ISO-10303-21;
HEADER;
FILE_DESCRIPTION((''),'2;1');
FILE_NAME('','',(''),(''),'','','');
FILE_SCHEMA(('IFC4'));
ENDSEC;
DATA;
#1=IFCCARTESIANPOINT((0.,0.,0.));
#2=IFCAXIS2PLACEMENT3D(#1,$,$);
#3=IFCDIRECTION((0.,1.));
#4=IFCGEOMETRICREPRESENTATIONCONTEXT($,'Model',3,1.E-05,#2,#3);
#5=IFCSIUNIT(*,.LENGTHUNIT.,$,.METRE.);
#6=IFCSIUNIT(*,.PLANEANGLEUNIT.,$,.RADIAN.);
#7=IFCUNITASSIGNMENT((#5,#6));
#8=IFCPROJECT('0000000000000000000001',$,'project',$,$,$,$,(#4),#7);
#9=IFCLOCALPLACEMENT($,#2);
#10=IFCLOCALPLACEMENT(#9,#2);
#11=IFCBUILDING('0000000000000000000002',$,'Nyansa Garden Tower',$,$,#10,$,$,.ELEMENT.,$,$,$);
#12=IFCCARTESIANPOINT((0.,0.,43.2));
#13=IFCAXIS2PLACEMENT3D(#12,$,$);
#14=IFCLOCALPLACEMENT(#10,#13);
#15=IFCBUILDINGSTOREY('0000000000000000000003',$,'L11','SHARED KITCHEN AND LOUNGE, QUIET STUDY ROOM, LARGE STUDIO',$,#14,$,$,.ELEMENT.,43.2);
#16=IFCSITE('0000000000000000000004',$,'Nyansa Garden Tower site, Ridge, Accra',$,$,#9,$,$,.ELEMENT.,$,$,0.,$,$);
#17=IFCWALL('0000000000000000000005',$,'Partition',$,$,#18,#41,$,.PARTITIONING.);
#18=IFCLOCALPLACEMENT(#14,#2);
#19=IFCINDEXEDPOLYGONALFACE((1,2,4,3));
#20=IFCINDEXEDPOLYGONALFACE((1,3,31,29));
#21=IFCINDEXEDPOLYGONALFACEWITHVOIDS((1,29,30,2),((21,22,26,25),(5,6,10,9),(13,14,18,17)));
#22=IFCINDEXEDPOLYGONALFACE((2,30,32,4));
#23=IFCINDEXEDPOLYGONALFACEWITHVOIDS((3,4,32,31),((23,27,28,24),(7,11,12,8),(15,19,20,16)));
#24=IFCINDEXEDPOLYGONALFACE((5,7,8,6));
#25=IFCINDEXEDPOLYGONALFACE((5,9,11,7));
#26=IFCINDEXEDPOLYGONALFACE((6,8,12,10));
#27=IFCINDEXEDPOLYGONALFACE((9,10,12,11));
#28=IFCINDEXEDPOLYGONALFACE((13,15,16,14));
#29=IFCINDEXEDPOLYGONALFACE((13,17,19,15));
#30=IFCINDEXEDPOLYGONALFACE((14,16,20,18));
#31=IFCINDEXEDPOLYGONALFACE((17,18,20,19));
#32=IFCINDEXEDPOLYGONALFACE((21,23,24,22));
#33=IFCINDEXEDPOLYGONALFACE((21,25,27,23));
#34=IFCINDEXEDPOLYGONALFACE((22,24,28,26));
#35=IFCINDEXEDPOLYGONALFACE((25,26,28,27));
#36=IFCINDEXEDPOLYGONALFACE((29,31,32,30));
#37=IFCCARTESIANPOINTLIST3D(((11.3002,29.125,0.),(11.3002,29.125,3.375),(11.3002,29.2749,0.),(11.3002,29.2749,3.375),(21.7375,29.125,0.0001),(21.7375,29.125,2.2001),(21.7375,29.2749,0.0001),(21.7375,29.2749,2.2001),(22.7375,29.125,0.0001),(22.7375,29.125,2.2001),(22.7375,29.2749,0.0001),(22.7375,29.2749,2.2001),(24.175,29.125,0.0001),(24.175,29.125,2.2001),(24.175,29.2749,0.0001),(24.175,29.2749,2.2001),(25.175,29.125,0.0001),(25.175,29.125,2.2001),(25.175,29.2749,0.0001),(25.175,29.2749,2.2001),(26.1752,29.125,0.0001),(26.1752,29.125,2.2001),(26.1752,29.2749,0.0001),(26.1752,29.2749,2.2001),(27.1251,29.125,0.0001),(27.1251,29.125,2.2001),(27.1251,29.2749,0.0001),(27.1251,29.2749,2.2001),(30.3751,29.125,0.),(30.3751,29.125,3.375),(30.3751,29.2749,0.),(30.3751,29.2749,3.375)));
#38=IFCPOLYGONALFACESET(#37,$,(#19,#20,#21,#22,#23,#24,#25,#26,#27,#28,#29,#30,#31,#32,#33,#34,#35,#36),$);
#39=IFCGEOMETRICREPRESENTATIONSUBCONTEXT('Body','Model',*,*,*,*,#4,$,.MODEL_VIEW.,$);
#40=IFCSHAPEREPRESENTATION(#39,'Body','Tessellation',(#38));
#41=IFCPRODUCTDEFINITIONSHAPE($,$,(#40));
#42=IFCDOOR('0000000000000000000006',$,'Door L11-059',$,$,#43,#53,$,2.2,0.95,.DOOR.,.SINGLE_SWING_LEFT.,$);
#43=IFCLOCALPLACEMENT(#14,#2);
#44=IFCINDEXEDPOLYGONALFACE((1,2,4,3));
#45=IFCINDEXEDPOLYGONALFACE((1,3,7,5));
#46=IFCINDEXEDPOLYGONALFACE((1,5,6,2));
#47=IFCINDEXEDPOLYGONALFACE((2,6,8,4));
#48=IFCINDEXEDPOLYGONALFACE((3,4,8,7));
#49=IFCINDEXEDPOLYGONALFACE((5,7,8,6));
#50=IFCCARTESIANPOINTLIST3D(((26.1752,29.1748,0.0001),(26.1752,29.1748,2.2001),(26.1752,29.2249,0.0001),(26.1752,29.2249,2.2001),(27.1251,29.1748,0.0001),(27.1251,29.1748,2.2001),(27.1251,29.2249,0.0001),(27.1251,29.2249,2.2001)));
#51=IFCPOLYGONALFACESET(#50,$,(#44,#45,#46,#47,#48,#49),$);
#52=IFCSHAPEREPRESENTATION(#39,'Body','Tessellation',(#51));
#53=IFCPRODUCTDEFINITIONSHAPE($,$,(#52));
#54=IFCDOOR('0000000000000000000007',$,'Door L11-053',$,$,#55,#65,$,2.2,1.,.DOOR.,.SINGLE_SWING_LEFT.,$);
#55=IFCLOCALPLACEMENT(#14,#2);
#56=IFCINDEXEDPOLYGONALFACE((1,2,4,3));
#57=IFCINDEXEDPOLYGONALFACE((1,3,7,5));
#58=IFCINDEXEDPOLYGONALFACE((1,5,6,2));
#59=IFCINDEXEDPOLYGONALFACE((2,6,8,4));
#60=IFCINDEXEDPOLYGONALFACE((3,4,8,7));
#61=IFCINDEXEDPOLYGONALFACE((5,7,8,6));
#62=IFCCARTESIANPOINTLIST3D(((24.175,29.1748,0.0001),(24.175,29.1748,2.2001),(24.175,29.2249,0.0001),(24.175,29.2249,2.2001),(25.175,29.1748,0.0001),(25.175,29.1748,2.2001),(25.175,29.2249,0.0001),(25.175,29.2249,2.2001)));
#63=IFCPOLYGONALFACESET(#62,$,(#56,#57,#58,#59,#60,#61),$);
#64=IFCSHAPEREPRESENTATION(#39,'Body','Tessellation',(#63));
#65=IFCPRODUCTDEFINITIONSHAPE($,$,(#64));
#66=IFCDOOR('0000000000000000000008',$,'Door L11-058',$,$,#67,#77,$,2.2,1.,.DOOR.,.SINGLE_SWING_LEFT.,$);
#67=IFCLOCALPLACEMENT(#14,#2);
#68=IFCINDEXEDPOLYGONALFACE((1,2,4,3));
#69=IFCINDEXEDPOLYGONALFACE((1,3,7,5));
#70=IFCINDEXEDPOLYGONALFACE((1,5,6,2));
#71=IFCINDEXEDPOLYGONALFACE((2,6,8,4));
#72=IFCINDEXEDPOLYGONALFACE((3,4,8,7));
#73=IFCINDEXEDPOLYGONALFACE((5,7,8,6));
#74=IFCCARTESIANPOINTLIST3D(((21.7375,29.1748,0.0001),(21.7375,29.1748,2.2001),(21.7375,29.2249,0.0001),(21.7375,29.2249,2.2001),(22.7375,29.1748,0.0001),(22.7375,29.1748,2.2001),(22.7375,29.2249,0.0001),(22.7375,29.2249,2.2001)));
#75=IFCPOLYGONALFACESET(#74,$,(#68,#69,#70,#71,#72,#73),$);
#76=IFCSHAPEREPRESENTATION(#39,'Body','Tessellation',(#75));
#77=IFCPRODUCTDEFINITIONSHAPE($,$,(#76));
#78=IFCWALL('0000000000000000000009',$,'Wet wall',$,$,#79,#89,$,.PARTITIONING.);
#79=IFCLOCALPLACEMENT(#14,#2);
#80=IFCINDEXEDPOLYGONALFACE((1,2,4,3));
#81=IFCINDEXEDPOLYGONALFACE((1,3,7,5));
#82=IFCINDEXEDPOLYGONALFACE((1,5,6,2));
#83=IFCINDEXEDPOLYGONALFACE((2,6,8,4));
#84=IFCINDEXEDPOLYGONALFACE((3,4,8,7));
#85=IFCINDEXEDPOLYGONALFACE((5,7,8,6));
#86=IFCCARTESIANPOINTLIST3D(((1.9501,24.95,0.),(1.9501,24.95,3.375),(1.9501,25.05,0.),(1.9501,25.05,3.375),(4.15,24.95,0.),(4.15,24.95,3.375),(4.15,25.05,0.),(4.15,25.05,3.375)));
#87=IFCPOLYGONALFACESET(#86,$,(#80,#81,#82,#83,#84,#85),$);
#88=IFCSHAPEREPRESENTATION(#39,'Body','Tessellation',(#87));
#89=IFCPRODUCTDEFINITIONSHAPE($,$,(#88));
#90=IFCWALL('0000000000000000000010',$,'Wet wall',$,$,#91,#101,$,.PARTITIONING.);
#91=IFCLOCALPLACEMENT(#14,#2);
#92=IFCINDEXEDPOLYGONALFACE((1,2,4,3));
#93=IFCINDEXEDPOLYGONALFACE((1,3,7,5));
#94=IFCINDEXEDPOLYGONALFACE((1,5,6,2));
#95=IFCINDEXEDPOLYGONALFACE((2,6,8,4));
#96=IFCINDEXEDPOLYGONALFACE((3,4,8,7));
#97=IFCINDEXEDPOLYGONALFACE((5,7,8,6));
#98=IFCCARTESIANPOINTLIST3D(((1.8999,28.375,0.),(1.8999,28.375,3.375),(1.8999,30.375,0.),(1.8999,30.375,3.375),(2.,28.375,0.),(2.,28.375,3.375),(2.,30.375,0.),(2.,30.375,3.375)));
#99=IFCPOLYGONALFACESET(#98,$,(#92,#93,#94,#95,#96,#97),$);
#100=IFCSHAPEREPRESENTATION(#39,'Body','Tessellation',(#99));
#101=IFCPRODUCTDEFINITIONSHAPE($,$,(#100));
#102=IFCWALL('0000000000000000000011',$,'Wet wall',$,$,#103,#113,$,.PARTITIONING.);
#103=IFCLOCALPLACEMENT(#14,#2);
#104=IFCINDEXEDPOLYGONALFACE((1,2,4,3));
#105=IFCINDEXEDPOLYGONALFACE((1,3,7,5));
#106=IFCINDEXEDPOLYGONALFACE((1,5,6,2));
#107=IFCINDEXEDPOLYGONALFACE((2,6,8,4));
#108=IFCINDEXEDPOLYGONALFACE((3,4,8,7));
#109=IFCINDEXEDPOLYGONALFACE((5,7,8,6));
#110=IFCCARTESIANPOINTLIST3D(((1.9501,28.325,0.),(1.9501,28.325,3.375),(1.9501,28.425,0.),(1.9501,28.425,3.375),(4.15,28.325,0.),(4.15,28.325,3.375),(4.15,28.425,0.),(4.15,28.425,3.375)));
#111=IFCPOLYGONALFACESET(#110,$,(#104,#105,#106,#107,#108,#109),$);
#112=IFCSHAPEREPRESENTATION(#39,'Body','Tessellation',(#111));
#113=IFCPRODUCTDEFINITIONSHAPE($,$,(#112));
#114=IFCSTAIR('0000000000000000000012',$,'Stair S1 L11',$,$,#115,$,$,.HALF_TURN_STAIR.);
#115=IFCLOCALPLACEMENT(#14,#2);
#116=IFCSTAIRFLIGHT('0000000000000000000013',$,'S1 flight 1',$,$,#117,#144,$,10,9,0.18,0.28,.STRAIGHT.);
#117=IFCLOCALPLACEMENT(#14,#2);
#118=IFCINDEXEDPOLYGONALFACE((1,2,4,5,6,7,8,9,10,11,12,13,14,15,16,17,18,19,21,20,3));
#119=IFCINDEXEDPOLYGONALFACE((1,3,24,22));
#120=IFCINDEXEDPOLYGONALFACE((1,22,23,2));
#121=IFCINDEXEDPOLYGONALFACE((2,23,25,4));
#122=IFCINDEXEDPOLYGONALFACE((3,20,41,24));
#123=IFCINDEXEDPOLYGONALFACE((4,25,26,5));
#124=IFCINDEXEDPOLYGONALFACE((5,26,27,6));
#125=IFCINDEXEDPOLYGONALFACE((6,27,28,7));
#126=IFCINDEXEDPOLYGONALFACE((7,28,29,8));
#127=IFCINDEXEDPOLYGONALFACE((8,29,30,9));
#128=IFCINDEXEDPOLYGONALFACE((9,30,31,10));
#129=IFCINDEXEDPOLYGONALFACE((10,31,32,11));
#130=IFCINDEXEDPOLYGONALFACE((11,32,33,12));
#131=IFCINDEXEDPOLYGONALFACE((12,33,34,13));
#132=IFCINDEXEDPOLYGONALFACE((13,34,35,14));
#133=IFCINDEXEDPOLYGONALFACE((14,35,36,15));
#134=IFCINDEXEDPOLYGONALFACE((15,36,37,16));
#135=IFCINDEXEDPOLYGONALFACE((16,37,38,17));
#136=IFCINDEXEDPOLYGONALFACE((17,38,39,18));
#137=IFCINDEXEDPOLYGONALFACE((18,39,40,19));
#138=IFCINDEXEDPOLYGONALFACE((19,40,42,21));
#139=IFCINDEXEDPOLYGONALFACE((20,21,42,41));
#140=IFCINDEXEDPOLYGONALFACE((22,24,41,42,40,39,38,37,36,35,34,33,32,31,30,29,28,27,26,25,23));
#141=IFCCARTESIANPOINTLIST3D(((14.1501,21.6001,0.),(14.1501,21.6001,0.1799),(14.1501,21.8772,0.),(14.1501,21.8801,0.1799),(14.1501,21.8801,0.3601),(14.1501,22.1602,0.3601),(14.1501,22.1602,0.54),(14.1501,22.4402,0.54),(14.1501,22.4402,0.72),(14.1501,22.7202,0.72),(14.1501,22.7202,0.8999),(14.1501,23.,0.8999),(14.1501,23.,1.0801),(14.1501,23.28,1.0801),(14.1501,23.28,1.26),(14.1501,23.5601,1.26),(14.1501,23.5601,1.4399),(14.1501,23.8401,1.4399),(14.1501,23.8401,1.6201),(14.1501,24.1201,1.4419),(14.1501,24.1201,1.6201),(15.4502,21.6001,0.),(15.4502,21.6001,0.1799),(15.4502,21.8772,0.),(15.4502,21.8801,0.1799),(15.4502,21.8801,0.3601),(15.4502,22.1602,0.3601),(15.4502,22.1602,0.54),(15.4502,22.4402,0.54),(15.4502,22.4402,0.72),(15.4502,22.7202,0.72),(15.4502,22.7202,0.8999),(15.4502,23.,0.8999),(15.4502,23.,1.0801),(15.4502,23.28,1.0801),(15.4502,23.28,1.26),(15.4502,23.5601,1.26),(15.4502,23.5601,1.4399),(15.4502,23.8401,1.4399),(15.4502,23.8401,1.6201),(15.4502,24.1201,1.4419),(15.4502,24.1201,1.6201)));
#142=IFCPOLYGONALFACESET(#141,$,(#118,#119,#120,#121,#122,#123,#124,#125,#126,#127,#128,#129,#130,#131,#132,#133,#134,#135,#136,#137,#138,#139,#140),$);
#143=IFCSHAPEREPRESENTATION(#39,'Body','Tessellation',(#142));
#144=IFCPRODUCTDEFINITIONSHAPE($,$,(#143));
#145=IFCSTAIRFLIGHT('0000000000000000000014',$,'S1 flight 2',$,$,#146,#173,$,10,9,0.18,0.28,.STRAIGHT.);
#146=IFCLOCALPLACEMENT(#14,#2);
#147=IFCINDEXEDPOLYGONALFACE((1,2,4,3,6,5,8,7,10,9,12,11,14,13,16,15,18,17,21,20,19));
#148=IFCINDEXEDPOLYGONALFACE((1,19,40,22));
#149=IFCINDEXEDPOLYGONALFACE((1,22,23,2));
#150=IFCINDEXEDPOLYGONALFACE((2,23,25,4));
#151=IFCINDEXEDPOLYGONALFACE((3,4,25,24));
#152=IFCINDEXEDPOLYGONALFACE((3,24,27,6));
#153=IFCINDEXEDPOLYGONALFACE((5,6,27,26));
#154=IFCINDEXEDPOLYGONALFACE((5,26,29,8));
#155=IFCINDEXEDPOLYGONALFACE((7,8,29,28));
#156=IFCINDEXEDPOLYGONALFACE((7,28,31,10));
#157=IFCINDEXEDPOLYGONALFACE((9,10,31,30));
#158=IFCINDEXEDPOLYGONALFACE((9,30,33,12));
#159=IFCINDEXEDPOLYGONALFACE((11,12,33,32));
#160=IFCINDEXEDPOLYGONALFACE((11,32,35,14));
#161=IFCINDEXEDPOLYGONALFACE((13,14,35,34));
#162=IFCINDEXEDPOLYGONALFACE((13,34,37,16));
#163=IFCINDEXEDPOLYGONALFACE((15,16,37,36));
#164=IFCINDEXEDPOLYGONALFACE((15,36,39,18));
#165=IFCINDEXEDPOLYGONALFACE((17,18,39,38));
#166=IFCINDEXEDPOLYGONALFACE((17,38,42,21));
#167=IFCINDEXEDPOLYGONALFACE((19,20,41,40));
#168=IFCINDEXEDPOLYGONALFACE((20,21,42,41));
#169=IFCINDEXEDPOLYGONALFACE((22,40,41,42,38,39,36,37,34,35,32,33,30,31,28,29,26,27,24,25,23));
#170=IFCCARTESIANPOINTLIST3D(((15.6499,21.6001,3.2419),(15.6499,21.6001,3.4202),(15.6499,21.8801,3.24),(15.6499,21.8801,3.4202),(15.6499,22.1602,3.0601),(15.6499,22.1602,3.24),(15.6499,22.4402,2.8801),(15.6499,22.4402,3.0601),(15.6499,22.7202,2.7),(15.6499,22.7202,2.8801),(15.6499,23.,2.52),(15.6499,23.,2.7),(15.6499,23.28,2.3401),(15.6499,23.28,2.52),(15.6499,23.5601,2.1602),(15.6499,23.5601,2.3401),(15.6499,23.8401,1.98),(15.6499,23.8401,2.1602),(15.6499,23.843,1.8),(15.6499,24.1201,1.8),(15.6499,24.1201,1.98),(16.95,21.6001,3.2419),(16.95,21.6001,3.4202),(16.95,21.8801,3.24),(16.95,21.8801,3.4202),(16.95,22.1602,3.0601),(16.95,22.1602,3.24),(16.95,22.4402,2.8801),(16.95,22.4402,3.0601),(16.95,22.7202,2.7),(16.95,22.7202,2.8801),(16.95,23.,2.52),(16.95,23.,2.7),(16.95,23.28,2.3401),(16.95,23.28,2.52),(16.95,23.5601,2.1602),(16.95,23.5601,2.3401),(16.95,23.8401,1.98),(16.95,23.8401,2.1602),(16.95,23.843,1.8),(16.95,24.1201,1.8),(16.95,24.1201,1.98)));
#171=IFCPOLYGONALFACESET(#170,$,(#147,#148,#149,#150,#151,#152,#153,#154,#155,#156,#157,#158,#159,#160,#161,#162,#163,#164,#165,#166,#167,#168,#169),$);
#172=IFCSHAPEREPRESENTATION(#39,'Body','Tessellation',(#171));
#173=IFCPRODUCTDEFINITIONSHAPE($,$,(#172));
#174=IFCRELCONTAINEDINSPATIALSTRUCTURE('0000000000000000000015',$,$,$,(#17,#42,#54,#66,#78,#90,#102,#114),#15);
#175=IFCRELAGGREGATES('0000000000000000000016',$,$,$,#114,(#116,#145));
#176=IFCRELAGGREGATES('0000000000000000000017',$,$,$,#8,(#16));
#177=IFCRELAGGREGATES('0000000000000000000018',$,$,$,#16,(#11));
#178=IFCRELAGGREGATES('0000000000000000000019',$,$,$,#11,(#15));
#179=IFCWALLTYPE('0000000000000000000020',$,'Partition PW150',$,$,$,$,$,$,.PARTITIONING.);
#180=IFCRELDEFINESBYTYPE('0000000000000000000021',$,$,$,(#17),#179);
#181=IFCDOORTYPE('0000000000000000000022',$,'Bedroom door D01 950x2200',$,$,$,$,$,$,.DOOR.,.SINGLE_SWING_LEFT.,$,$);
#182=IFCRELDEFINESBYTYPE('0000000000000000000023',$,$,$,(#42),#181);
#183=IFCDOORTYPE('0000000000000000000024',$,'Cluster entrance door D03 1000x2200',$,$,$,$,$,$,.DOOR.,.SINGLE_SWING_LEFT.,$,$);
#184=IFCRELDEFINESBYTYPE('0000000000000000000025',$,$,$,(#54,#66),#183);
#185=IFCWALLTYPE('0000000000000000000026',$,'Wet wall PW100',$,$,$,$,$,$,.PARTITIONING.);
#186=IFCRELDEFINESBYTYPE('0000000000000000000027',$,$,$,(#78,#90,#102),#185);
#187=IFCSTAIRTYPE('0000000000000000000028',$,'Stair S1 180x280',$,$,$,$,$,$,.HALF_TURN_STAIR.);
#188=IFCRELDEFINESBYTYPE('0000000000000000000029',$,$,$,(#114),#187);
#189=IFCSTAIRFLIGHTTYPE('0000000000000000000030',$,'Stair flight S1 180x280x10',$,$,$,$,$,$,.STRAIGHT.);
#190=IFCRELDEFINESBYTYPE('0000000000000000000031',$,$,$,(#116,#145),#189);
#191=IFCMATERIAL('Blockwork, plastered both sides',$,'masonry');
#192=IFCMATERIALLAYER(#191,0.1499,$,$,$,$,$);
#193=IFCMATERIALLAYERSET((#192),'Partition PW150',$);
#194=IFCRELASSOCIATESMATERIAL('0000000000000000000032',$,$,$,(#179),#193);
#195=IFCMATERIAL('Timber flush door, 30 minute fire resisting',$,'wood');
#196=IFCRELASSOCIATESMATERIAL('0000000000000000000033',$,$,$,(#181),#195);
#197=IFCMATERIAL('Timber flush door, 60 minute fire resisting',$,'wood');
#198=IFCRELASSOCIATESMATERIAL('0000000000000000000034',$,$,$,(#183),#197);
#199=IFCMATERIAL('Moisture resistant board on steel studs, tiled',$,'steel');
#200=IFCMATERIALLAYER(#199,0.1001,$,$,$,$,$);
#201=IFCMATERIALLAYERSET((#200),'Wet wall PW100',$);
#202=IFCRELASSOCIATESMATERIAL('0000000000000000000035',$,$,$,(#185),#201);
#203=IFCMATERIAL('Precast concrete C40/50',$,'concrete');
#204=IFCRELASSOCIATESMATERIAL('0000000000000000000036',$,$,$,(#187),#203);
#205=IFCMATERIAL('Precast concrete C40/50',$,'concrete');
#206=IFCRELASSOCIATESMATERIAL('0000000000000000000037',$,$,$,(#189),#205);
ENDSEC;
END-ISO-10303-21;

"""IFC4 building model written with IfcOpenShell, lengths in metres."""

from ifc_helpers import new_model, si_unit, direction, frame, frame_2d, origin, place, context, subcontext, project, spatial, polyline, rectangle, outline, extrude, material, layer, layer_set, type_object, element, fill, aggregate, save


model = new_model("IFC4")

# Units and contexts
model_context = context("Model", 3, precision=1e-05, world=origin(), true_north=direction((0.0, 1.0)))
body_context = subcontext(model_context, "Body", "Model", "MODEL_VIEW")
ifc_project = project(units=[si_unit("LENGTHUNIT", "METRE"), si_unit("PLANEANGLEUNIT", "RADIAN")], contexts=[model_context])

# Site, building, storey
site_placement = place(None, origin())
site = spatial("IfcSite", under=ifc_project, at=site_placement, Name="Nyansa Garden Tower site, Ridge, Accra", CompositionType="ELEMENT", RefElevation=0.0)
building_placement = place(site_placement, origin())
building = spatial("IfcBuilding", under=site, at=building_placement, Name="Nyansa Garden Tower", CompositionType="ELEMENT")
storey_placement = place(building_placement, frame((0.0, 0.0, 43.2)))
storey = spatial("IfcBuildingStorey", under=building, at=storey_placement, Name="L11", Description="SHARED KITCHEN AND LOUNGE, QUIET STUDY ROOM, LARGE STUDIO", CompositionType="ELEMENT", Elevation=43.2)

# Shared definitions
ifc_material_1 = material(Name="Blockwork, plastered both sides", Category="masonry")
ifc_layer_1 = layer(ifc_material_1, 0.1499)
ifc_layer_set_1 = layer_set([ifc_layer_1], Name="Partition PW150")
wall_type_1 = type_object("IfcWallType", Name="Partition PW150", PredefinedType="PARTITIONING", material=ifc_layer_set_1)

# Wall, openings, doors
wall_1_placement = place(storey_placement, frame((11.3, 29.2, 0.0), z_axis=(0.0, 0.0, 1.0), x_axis=(1.0, 0.0, 0.0)))
wall_1 = element("IfcWall", 1, at=wall_1_placement, inside=storey, type_object=wall_type_1, Name="Partition", PredefinedType="PARTITIONING", context=body_context, shape_type="SweptSolid", body=[
    extrude(rectangle(XDim=19.075, YDim=0.1499, at=frame_2d((9.5376, 0.0))), origin(), (0.0, 0.0, 1.0), 3.375),
])
opening_1_placement = place(wall_1_placement, frame((12.875, 0.0, 0.0)))
opening_1 = element("IfcOpeningElement", 2, at=opening_1_placement, cuts=wall_1, PredefinedType="OPENING", context=body_context, shape_type="SweptSolid", body=[
    extrude(rectangle(XDim=1.0, YDim=2.2, at=frame_2d((0.5, 1.1001))), frame((0.0, 0.085, 0.0), z_axis=(0.0, -1.0, 0.0), x_axis=(1.0, 0.0, 0.0)), (0.0, 0.0, 1.0), 0.1699),
])
opening_2_placement = place(wall_1_placement, frame((10.4375, 0.0, 0.0)))
opening_2 = element("IfcOpeningElement", 3, at=opening_2_placement, cuts=wall_1, PredefinedType="OPENING", context=body_context, shape_type="SweptSolid", body=[
    extrude(rectangle(XDim=1.0, YDim=2.2, at=frame_2d((0.5, 1.1001))), frame((0.0, 0.085, 0.0), z_axis=(0.0, -1.0, 0.0), x_axis=(1.0, 0.0, 0.0)), (0.0, 0.0, 1.0), 0.1699),
])
opening_3_placement = place(wall_1_placement, frame((14.875, 0.0, 0.0)))
opening_3 = element("IfcOpeningElement", 4, at=opening_3_placement, cuts=wall_1, PredefinedType="OPENING", context=body_context, shape_type="SweptSolid", body=[
    extrude(rectangle(XDim=0.95, YDim=2.2, at=frame_2d((0.4751, 1.1001))), frame((0.0, 0.085, 0.0), z_axis=(0.0, -1.0, 0.0), x_axis=(1.0, 0.0, 0.0)), (0.0, 0.0, 1.0), 0.1699),
])
ifc_material_2 = material(Name="Timber flush door, 30 minute fire resisting", Category="wood")
door_type_1 = type_object("IfcDoorType", Name="Bedroom door D01 950x2200", OperationType="SINGLE_SWING_LEFT", PredefinedType="DOOR", material=ifc_material_2)
door_1_placement = place(opening_3_placement, origin())
door_1 = element("IfcDoor", 5, at=door_1_placement, inside=storey, type_object=door_type_1, Name="Door L11-059", OperationType="SINGLE_SWING_LEFT", OverallHeight=2.2, OverallWidth=0.95, PredefinedType="DOOR", context=body_context, shape_type="SweptSolid", body=[
    extrude(rectangle(XDim=0.95, YDim=2.2, at=frame_2d((0.4751, 1.1001))), frame((0.0, 0.0249, 0.0), z_axis=(0.0, -1.0, 0.0), x_axis=(1.0, 0.0, 0.0)), (0.0, 0.0, 1.0), 0.05),
])
fill(opening_3, door_1)
ifc_material_3 = material(Name="Timber flush door, 60 minute fire resisting", Category="wood")
door_type_2 = type_object("IfcDoorType", Name="Cluster entrance door D03 1000x2200", OperationType="SINGLE_SWING_LEFT", PredefinedType="DOOR", material=ifc_material_3)
door_2_placement = place(opening_1_placement, origin())
door_2 = element("IfcDoor", 6, at=door_2_placement, inside=storey, type_object=door_type_2, Name="Door L11-053", OperationType="SINGLE_SWING_LEFT", OverallHeight=2.2, OverallWidth=1.0, PredefinedType="DOOR", context=body_context, shape_type="SweptSolid", body=[
    extrude(rectangle(XDim=1.0, YDim=2.2, at=frame_2d((0.5, 1.1001))), frame((0.0, 0.0249, 0.0), z_axis=(0.0, -1.0, 0.0), x_axis=(1.0, 0.0, 0.0)), (0.0, 0.0, 1.0), 0.05),
])
fill(opening_1, door_2)
door_3_placement = place(opening_2_placement, origin())
door_3 = element("IfcDoor", 7, at=door_3_placement, inside=storey, type_object=door_type_2, Name="Door L11-058", OperationType="SINGLE_SWING_LEFT", OverallHeight=2.2, OverallWidth=1.0, PredefinedType="DOOR", context=body_context, shape_type="SweptSolid", body=[
    extrude(rectangle(XDim=1.0, YDim=2.2, at=frame_2d((0.5, 1.1001))), frame((0.0, 0.0249, 0.0), z_axis=(0.0, -1.0, 0.0), x_axis=(1.0, 0.0, 0.0)), (0.0, 0.0, 1.0), 0.05),
])
fill(opening_2, door_3)

# Walls
ifc_material_4 = material(Name="Moisture resistant board on steel studs, tiled", Category="steel")
ifc_layer_2 = layer(ifc_material_4, 0.1001)
ifc_layer_set_2 = layer_set([ifc_layer_2], Name="Wet wall PW100")
wall_type_2 = type_object("IfcWallType", Name="Wet wall PW100", PredefinedType="PARTITIONING", material=ifc_layer_set_2)
wall_2_placement = place(storey_placement, frame((1.95, 25.0, 0.0), z_axis=(0.0, 0.0, 1.0), x_axis=(1.0, 0.0, 0.0)))
element("IfcWall", 8, at=wall_2_placement, inside=storey, type_object=wall_type_2, Name="Wet wall", PredefinedType="PARTITIONING", context=body_context, shape_type="SweptSolid", body=[
    extrude(rectangle(XDim=2.2, YDim=0.1001, at=frame_2d((1.1001, 0.0))), origin(), (0.0, 0.0, 1.0), 3.375),
])
wall_3_placement = place(storey_placement, frame((1.95, 28.375, 0.0), z_axis=(0.0, 0.0, 1.0), x_axis=(0.0, 1.0, 0.0)))
element("IfcWall", 9, at=wall_3_placement, inside=storey, type_object=wall_type_2, Name="Wet wall", PredefinedType="PARTITIONING", context=body_context, shape_type="SweptSolid", body=[
    extrude(rectangle(XDim=2.0, YDim=0.1001, at=frame_2d((1.0, 0.0))), origin(), (0.0, 0.0, 1.0), 3.375),
])
wall_4_placement = place(storey_placement, frame((1.95, 28.375, 0.0), z_axis=(0.0, 0.0, 1.0), x_axis=(1.0, 0.0, 0.0)))
element("IfcWall", 10, at=wall_4_placement, inside=storey, type_object=wall_type_2, Name="Wet wall", PredefinedType="PARTITIONING", context=body_context, shape_type="SweptSolid", body=[
    extrude(rectangle(XDim=2.2, YDim=0.1001, at=frame_2d((1.1001, 0.0))), origin(), (0.0, 0.0, 1.0), 3.375),
])

# Stair, stair flights
ifc_material_5 = material(Name="Precast concrete C40/50", Category="concrete")
stair_type = type_object("IfcStairType", Name="Stair S1 180x280", PredefinedType="HALF_TURN_STAIR", material=ifc_material_5)
stair_placement = place(storey_placement, origin())
stair = element("IfcStair", 11, at=stair_placement, inside=storey, type_object=stair_type, Name="Stair S1 L11", PredefinedType="HALF_TURN_STAIR")
ifc_material_6 = material(Name="Precast concrete C40/50", Category="concrete")
stair_flight_type = type_object("IfcStairFlightType", Name="Stair flight S1 180x280x10", PredefinedType="STRAIGHT", material=ifc_material_6)
stair_flight_1_placement = place(storey_placement, frame((14.8, 21.6001, 0.0), z_axis=(0.0, 0.0, 1.0), x_axis=(0.0, 1.0, 0.0)))
stair_flight_1 = element("IfcStairFlight", 12, at=stair_flight_1_placement, type_object=stair_flight_type, Name="S1 flight 1", NumberOfRisers=10, NumberOfTreads=9, PredefinedType="STRAIGHT", RiserHeight=0.18, TreadLength=0.28, context=body_context, shape_type="SweptSolid", body=[
    extrude(outline(polyline([(0.0, 0.0), (0.0, 0.1799), (0.28, 0.1799), (0.28, 0.3601), (0.5601, 0.3601), (0.5601, 0.54), (0.8401, 0.54), (0.8401, 0.72), (1.1201, 0.72), (1.1201, 0.8999), (1.3999, 0.8999), (1.3999, 1.0801), (1.6799, 1.0801), (1.6799, 1.26), (1.96, 1.26), (1.96, 1.4399), (2.24, 1.4399), (2.24, 1.6201), (2.52, 1.6201), (2.52, 1.8), (2.52, 1.4419), (0.2771, 0.0), (0.0, 0.0)])), frame((0.0, 0.6499, 0.0), z_axis=(0.0, -1.0, 0.0), x_axis=(1.0, 0.0, 0.0)), (0.0, 0.0, 1.0), 1.3),
])
stair_flight_2_placement = place(storey_placement, frame((16.3, 24.1201, 1.8), z_axis=(0.0, 0.0, 1.0), x_axis=(0.0, -1.0, 0.0)))
stair_flight_2 = element("IfcStairFlight", 13, at=stair_flight_2_placement, type_object=stair_flight_type, Name="S1 flight 2", NumberOfRisers=10, NumberOfTreads=9, PredefinedType="STRAIGHT", RiserHeight=0.18, TreadLength=0.28, context=body_context, shape_type="SweptSolid", body=[
    extrude(outline(polyline([(0.0, 0.0), (0.0, 0.1799), (0.28, 0.1799), (0.28, 0.3601), (0.5601, 0.3601), (0.5601, 0.54), (0.8401, 0.54), (0.8401, 0.72), (1.1201, 0.72), (1.1201, 0.8999), (1.3999, 0.8999), (1.3999, 1.0801), (1.6799, 1.0801), (1.6799, 1.26), (1.96, 1.26), (1.96, 1.4399), (2.24, 1.4399), (2.24, 1.6201), (2.52, 1.6201), (2.52, 1.8), (2.52, 1.4419), (0.2771, 0.0), (0.0, 0.0)])), frame((0.0, 0.6499, 0.0), z_axis=(0.0, -1.0, 0.0), x_axis=(1.0, 0.0, 0.0)), (0.0, 0.0, 1.0), 1.3),
])
aggregate(stair, [stair_flight_1, stair_flight_2])

save(model, "model.ifc")
